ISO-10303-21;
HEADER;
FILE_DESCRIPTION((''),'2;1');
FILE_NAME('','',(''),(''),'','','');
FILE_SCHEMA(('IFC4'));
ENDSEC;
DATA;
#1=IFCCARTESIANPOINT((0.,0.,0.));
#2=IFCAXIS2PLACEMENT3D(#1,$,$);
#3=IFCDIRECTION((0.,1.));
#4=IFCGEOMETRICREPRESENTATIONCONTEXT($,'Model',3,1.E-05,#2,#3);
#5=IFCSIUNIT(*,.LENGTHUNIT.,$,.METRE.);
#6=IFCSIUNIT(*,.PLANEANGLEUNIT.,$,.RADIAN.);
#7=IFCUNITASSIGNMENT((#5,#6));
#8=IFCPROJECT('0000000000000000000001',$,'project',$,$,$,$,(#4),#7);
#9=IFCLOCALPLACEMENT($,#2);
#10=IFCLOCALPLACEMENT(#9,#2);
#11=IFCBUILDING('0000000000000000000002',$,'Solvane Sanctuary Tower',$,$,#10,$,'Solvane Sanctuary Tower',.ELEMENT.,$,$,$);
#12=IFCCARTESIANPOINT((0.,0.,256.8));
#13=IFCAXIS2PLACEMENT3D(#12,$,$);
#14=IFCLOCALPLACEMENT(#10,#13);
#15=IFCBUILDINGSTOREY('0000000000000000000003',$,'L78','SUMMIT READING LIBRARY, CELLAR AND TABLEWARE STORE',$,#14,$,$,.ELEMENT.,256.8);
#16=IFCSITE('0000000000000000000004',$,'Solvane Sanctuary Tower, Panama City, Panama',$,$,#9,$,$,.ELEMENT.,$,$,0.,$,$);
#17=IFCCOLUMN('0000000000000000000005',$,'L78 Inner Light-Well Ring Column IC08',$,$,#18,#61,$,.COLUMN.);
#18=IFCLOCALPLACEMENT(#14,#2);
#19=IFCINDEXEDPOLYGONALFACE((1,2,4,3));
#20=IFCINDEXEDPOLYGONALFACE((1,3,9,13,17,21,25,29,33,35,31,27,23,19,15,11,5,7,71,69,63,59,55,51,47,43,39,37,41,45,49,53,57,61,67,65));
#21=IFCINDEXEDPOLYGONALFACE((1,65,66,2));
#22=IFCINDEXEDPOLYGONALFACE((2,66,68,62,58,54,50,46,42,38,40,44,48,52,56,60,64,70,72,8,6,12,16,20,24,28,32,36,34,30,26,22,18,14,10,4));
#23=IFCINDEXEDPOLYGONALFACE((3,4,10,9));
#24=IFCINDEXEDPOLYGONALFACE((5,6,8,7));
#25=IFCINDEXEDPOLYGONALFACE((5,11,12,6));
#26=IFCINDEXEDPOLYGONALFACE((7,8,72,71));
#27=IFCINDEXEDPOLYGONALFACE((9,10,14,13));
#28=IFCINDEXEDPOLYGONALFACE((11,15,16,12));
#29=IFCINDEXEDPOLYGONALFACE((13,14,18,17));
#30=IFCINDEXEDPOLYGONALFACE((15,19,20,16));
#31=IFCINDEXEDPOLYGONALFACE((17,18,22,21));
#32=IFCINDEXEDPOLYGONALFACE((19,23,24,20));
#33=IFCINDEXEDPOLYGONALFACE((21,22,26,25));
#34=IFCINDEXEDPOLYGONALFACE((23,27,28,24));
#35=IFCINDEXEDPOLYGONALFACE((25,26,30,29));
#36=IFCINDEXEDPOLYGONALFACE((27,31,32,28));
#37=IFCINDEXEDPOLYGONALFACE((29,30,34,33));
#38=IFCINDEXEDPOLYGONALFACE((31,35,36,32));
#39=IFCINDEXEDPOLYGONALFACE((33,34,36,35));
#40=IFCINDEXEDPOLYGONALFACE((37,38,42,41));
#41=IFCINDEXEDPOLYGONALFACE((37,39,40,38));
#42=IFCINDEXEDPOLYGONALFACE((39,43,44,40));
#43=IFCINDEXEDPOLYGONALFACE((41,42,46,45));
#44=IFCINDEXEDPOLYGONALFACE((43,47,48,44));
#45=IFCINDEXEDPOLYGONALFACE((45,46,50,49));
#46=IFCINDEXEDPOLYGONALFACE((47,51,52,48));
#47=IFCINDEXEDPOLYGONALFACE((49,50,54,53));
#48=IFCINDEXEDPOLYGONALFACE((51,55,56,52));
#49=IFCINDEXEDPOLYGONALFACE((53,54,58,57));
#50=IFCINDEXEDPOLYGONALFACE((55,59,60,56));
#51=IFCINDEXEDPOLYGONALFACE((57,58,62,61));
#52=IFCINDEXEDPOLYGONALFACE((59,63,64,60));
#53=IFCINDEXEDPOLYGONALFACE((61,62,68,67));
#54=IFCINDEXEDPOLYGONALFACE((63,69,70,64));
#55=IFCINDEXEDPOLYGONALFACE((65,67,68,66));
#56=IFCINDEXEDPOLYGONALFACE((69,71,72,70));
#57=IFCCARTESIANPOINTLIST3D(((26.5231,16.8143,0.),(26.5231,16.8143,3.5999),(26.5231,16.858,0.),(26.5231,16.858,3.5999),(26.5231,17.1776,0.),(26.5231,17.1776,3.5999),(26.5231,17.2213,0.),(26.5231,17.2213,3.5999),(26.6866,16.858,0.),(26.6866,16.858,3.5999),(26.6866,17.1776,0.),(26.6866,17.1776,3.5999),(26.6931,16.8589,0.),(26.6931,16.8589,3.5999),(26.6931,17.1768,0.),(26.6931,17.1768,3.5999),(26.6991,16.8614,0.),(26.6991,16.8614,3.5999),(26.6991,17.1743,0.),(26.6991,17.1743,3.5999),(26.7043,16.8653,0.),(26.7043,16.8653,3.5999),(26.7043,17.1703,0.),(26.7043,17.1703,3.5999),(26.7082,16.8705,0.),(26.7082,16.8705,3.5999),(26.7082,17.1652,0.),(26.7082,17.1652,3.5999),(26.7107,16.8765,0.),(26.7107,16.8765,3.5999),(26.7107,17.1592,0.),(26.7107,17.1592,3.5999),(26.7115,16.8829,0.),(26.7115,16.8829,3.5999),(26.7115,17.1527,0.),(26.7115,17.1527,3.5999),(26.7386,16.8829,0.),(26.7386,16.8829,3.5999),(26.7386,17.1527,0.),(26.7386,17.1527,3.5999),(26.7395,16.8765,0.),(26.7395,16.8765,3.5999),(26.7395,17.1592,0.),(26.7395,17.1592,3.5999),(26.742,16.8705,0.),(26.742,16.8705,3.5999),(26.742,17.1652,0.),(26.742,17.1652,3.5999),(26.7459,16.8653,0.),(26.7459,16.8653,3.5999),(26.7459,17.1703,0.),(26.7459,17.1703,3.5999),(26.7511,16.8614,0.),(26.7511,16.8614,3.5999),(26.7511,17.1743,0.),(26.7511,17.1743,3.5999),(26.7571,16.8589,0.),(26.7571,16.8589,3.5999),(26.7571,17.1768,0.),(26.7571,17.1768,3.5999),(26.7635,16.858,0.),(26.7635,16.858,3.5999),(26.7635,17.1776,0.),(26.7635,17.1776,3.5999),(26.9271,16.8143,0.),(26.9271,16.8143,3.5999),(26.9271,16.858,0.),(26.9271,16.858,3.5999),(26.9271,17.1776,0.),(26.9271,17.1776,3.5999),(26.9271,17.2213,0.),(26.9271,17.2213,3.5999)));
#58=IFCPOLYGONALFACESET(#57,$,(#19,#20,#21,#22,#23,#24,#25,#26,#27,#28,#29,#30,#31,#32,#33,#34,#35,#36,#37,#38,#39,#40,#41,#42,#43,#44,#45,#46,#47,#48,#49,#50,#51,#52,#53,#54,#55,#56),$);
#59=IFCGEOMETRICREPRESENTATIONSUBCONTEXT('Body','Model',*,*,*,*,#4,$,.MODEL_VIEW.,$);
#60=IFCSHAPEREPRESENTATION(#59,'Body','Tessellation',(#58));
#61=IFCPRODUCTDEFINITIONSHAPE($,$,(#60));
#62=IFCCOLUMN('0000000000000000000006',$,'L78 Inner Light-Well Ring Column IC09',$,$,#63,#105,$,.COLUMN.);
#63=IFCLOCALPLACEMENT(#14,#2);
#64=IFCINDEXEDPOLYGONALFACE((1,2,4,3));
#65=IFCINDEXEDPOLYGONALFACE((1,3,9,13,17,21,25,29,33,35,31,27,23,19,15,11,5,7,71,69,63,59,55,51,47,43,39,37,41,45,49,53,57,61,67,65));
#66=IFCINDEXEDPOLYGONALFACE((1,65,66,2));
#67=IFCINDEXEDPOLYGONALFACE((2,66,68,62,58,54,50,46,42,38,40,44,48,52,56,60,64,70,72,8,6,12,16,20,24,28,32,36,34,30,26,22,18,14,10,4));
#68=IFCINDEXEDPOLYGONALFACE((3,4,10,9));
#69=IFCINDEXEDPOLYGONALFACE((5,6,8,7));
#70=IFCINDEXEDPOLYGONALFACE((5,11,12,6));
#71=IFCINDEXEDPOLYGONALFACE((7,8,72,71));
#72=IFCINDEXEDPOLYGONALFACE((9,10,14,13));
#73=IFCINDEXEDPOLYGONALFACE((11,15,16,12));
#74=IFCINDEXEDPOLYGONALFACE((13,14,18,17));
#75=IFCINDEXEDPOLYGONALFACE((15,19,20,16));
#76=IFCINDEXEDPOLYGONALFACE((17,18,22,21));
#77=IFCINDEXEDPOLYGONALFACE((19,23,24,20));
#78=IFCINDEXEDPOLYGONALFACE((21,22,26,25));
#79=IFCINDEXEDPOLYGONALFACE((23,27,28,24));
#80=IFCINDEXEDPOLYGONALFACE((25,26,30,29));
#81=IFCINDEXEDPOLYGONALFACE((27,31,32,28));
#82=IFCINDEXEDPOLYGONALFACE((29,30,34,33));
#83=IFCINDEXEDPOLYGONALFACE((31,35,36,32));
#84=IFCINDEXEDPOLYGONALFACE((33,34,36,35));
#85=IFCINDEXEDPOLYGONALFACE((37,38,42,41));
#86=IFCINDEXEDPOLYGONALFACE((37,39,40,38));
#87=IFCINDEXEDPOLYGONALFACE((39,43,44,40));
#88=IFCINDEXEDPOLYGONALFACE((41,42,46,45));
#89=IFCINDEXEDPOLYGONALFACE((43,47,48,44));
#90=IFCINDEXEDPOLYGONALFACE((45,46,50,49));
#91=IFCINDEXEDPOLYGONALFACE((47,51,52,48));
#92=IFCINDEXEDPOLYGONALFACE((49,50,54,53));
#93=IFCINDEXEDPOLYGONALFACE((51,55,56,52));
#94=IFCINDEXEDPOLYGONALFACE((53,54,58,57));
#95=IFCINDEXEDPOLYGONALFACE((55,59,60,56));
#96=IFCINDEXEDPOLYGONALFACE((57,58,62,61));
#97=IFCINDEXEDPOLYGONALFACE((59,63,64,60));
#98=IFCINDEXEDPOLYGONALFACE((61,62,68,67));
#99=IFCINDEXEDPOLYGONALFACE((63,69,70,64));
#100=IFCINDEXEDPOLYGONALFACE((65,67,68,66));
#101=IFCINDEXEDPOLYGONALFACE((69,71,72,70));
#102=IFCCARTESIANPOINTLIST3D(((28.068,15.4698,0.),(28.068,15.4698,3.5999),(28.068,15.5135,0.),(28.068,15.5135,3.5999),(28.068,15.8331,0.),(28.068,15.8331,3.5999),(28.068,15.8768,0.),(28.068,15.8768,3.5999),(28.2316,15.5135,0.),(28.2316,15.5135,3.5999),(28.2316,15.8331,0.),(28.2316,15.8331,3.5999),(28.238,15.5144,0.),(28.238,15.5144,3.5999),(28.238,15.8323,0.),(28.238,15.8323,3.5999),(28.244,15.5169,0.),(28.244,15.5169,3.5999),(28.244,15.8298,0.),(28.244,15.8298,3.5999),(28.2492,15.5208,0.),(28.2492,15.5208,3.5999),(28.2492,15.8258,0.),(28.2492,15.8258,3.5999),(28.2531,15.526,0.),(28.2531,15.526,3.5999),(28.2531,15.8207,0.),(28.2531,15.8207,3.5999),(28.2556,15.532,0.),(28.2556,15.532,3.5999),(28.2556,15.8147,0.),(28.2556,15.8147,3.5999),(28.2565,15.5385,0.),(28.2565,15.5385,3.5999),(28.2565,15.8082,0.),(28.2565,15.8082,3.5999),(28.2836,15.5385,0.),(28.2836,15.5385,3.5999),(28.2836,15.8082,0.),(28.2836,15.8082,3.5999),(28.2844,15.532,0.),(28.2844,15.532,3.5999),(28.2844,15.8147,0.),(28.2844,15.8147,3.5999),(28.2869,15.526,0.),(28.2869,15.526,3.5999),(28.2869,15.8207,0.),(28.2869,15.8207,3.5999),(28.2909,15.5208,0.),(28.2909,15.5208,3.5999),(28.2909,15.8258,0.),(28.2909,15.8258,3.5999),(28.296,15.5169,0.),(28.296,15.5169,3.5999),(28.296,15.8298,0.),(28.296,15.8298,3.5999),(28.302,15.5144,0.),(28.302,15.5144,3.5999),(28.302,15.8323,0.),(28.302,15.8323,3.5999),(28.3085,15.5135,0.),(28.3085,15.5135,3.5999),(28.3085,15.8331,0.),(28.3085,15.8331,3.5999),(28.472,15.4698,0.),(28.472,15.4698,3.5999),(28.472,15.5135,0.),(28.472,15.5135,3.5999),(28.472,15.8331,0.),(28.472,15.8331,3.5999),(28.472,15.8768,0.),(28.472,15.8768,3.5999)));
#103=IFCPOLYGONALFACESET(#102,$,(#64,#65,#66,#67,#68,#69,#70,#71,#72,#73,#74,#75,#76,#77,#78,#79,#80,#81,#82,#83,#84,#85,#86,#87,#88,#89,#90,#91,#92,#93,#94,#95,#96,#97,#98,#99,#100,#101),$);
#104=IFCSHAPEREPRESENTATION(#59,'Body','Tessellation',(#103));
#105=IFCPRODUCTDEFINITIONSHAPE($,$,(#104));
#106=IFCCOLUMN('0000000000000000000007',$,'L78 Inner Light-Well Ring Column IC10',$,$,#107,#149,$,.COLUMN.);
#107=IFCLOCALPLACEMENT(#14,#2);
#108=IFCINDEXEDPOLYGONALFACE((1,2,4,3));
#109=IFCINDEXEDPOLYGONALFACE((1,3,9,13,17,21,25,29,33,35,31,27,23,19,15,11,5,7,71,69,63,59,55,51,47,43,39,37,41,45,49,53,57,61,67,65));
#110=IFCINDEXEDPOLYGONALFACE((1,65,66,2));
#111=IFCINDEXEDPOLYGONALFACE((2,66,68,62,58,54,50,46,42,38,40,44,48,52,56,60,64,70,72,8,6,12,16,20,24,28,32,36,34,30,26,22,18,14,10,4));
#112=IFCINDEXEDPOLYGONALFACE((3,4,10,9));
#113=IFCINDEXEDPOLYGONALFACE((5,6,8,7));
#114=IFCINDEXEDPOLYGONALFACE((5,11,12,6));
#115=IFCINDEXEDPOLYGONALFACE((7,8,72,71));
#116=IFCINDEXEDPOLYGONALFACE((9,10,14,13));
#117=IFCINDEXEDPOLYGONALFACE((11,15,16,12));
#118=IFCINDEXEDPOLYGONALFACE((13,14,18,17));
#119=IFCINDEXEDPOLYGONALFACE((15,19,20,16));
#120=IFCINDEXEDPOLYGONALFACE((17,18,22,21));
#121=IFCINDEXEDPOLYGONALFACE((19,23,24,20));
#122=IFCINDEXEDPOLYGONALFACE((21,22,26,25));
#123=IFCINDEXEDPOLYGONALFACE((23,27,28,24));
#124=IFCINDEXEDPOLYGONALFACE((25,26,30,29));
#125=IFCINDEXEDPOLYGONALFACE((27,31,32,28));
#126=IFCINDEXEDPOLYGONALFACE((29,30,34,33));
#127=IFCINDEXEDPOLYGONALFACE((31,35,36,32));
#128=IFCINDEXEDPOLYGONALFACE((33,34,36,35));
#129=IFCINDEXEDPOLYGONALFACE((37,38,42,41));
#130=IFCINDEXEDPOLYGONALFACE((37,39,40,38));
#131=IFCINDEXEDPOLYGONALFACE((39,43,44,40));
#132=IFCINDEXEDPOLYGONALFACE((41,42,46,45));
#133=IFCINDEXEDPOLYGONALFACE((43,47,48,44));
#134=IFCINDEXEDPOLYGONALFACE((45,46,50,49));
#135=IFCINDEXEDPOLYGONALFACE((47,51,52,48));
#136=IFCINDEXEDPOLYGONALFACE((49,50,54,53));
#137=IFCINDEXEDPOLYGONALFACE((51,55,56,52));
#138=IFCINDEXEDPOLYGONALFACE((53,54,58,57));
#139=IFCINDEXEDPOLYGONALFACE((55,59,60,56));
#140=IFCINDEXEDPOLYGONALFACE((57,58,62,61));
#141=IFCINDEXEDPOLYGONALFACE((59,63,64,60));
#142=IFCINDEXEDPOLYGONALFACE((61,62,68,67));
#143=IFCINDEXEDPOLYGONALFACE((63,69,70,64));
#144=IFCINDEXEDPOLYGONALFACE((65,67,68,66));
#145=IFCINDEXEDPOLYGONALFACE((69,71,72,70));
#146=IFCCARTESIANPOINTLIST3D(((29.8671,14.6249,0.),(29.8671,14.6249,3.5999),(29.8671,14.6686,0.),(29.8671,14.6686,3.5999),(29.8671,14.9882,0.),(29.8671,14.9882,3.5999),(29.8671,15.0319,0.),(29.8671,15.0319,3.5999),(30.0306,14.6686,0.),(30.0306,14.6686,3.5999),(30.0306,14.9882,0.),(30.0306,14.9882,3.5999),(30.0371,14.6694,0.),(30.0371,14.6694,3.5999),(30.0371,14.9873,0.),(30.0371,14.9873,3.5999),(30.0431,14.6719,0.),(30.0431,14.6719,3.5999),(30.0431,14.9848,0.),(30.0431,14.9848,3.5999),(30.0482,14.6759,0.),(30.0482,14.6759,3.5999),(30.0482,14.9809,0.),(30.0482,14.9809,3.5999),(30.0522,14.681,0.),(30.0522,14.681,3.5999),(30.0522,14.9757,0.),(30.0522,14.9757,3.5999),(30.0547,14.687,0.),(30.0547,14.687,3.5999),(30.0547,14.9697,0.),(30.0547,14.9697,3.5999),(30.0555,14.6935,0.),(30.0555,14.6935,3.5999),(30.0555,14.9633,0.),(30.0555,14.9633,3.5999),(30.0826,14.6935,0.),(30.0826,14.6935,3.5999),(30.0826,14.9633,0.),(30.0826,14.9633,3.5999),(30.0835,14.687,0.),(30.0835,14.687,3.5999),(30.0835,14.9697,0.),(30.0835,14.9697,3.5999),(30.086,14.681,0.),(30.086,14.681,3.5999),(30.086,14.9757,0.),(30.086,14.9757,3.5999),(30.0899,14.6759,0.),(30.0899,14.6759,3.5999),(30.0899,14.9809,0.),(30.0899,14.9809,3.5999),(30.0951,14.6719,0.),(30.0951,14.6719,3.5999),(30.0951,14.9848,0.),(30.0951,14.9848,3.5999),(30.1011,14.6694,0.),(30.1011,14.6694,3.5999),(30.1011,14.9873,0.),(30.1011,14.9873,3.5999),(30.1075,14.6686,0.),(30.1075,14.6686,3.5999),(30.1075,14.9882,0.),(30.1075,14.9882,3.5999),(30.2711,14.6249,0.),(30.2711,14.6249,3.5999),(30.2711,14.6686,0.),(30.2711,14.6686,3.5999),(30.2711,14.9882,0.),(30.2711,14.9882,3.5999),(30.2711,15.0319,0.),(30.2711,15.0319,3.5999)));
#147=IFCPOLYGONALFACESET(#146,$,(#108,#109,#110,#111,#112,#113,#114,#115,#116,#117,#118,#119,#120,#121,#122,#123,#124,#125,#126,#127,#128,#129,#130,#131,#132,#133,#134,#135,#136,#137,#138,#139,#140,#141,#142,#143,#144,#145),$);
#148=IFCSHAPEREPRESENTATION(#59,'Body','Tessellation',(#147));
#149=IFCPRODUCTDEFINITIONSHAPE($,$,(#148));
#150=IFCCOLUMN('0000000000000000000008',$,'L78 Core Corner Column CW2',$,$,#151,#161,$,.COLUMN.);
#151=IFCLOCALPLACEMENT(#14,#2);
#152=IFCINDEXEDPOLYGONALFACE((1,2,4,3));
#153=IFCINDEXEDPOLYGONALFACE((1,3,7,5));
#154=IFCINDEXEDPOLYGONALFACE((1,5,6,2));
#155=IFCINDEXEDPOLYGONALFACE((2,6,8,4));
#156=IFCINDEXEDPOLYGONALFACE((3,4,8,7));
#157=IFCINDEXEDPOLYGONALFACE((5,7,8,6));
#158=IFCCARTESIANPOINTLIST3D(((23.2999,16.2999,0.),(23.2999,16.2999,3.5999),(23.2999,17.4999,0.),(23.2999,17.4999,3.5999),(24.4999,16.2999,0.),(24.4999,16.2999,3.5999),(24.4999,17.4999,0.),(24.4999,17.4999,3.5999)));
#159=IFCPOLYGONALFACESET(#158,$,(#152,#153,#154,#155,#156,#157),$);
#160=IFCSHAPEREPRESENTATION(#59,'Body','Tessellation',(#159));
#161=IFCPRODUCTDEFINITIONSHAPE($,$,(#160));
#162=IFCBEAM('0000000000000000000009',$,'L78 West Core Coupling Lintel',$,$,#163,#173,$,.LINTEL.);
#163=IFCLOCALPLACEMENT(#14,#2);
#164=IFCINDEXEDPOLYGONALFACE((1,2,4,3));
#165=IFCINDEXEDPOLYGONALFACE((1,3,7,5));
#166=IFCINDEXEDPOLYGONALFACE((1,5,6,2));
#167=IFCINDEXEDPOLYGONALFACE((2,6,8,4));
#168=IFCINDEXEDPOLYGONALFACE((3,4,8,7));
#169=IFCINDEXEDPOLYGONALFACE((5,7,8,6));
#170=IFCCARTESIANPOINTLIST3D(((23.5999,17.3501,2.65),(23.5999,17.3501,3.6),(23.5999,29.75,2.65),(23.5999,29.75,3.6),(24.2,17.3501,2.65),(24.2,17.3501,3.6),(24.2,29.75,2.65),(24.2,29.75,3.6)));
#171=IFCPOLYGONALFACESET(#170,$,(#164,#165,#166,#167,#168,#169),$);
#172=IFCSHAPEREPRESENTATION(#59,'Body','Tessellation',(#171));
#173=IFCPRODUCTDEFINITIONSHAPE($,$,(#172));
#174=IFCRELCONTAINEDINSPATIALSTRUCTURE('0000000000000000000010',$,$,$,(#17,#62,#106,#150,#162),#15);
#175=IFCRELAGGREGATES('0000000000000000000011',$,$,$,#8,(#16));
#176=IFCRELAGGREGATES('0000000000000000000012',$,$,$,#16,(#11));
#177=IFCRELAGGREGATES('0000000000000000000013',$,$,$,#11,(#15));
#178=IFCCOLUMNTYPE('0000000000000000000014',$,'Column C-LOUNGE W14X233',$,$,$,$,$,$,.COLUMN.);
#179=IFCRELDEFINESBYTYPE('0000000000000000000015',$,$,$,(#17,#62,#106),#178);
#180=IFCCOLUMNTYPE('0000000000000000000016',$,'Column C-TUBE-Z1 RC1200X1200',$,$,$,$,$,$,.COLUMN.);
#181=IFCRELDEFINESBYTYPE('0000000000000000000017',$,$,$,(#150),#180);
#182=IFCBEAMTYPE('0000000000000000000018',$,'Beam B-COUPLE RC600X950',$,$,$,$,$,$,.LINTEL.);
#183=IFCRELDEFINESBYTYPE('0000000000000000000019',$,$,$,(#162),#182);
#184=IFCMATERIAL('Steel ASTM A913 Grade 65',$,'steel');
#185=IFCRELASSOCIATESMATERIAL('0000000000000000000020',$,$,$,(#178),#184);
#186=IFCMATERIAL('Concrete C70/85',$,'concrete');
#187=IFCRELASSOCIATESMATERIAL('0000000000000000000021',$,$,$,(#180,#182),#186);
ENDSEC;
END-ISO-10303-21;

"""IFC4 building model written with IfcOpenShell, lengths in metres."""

from ifc_helpers import new_model, si_unit, direction, frame, origin, origin_2d, place, context, subcontext, project, spatial, rectangle, i_section, extrude, material, material_profile, profile_set, type_object, element, save


model = new_model("IFC4")

# Units and contexts
model_context = context("Model", 3, precision=1e-05, world=origin(), true_north=direction((0.0, 1.0)))
body_context = subcontext(model_context, "Body", "Model", "MODEL_VIEW")
ifc_project = project(units=[si_unit("LENGTHUNIT", "METRE"), si_unit("PLANEANGLEUNIT", "RADIAN")], contexts=[model_context])

# Site, building, storey
site_placement = place(None, origin())
site = spatial("IfcSite", under=ifc_project, at=site_placement, Name="Solvane Sanctuary Tower, Panama City, Panama", CompositionType="ELEMENT", RefElevation=0.0)
building_placement = place(site_placement, origin())
building = spatial("IfcBuilding", under=site, at=building_placement, Name="Solvane Sanctuary Tower", LongName="Solvane Sanctuary Tower", CompositionType="ELEMENT")
storey_placement = place(building_placement, frame((0.0, 0.0, 256.8)))
storey = spatial("IfcBuildingStorey", under=building, at=storey_placement, Name="L78", Description="SUMMIT READING LIBRARY, CELLAR AND TABLEWARE STORE", CompositionType="ELEMENT", Elevation=256.8)

# Columns
ifc_material_1 = material(Name="Steel ASTM A913 Grade 65", Category="steel")
ifc_material_profile_1 = material_profile(ifc_material_1, i_section(OverallWidth=0.4041, OverallDepth=0.407, WebThickness=0.0271, FlangeThickness=0.0437, FilletRadius=0.0249, at=origin_2d()), Name="W14X233")
ifc_profile_set_1 = profile_set([ifc_material_profile_1], Name="Steel ASTM A913 Grade 65")
column_type_1 = type_object("IfcColumnType", Name="Column C-LOUNGE W14X233", PredefinedType="COLUMN", material=ifc_profile_set_1)
for number, where, z_axis, x_axis, name in (
    (1, (26.7251, 17.0178, 0.0), (0.0, 0.0, 1.0), (1.0, 0.0, 0.0), "L78 Inner Light-Well Ring Column IC08"),
    (2, (28.27, 15.6733, 0.0), (0.0, 0.0, 1.0), (1.0, 0.0, 0.0), "L78 Inner Light-Well Ring Column IC09"),
    (3, (30.0691, 14.8284, 0.0), (0.0, 0.0, 1.0), (1.0, 0.0, 0.0), "L78 Inner Light-Well Ring Column IC10"),
):
    element("IfcColumn", number, at=place(storey_placement, frame(where, z_axis=z_axis, x_axis=x_axis)), inside=storey, type_object=column_type_1, Name=name, PredefinedType="COLUMN", context=body_context, shape_type="SweptSolid", body=[
        extrude(i_section(OverallWidth=0.4041, OverallDepth=0.407, WebThickness=0.0271, FlangeThickness=0.0437, FilletRadius=0.0249, at=origin_2d()), origin(), (0.0, 0.0, 1.0), 3.5999),
    ])
ifc_material_2 = material(Name="Concrete C70/85", Category="concrete")
ifc_material_profile_2 = material_profile(ifc_material_2, rectangle(XDim=1.2, YDim=1.2, at=origin_2d()), Name="RC1200X1200")
ifc_profile_set_2 = profile_set([ifc_material_profile_2], Name="Concrete C70/85")
column_type_2 = type_object("IfcColumnType", Name="Column C-TUBE-Z1 RC1200X1200", PredefinedType="COLUMN", material=ifc_profile_set_2)
column_placement = place(storey_placement, frame((23.8999, 16.8999, 0.0), z_axis=(0.0, 0.0, 1.0), x_axis=(1.0, 0.0, 0.0)))
element("IfcColumn", 4, at=column_placement, inside=storey, type_object=column_type_2, Name="L78 Core Corner Column CW2", PredefinedType="COLUMN", context=body_context, shape_type="SweptSolid", body=[
    extrude(rectangle(XDim=1.2, YDim=1.2, at=origin_2d()), origin(), (0.0, 0.0, 1.0), 3.5999),
])

# Beam
ifc_material_profile_3 = material_profile(ifc_material_2, rectangle(XDim=0.6001, YDim=0.95, at=origin_2d()), Name="RC600X950")
ifc_profile_set_3 = profile_set([ifc_material_profile_3], Name="Concrete C70/85")
beam_type_1 = type_object("IfcBeamType", Name="Beam B-COUPLE RC600X950", PredefinedType="LINTEL", material=ifc_profile_set_3)
beam_1_placement = place(storey_placement, frame((23.8999, 17.3501, 3.125), z_axis=(0.0, 1.0, 0.0), x_axis=(-1.0, 0.0, 0.0)))
element("IfcBeam", 5, at=beam_1_placement, inside=storey, type_object=beam_type_1, Name="L78 West Core Coupling Lintel", PredefinedType="LINTEL", context=body_context, shape_type="SweptSolid", body=[
    extrude(rectangle(XDim=0.6001, YDim=0.95, at=origin_2d()), origin(), (0.0, 0.0, 1.0), 12.3999),
])

save(model, "model.ifc")
